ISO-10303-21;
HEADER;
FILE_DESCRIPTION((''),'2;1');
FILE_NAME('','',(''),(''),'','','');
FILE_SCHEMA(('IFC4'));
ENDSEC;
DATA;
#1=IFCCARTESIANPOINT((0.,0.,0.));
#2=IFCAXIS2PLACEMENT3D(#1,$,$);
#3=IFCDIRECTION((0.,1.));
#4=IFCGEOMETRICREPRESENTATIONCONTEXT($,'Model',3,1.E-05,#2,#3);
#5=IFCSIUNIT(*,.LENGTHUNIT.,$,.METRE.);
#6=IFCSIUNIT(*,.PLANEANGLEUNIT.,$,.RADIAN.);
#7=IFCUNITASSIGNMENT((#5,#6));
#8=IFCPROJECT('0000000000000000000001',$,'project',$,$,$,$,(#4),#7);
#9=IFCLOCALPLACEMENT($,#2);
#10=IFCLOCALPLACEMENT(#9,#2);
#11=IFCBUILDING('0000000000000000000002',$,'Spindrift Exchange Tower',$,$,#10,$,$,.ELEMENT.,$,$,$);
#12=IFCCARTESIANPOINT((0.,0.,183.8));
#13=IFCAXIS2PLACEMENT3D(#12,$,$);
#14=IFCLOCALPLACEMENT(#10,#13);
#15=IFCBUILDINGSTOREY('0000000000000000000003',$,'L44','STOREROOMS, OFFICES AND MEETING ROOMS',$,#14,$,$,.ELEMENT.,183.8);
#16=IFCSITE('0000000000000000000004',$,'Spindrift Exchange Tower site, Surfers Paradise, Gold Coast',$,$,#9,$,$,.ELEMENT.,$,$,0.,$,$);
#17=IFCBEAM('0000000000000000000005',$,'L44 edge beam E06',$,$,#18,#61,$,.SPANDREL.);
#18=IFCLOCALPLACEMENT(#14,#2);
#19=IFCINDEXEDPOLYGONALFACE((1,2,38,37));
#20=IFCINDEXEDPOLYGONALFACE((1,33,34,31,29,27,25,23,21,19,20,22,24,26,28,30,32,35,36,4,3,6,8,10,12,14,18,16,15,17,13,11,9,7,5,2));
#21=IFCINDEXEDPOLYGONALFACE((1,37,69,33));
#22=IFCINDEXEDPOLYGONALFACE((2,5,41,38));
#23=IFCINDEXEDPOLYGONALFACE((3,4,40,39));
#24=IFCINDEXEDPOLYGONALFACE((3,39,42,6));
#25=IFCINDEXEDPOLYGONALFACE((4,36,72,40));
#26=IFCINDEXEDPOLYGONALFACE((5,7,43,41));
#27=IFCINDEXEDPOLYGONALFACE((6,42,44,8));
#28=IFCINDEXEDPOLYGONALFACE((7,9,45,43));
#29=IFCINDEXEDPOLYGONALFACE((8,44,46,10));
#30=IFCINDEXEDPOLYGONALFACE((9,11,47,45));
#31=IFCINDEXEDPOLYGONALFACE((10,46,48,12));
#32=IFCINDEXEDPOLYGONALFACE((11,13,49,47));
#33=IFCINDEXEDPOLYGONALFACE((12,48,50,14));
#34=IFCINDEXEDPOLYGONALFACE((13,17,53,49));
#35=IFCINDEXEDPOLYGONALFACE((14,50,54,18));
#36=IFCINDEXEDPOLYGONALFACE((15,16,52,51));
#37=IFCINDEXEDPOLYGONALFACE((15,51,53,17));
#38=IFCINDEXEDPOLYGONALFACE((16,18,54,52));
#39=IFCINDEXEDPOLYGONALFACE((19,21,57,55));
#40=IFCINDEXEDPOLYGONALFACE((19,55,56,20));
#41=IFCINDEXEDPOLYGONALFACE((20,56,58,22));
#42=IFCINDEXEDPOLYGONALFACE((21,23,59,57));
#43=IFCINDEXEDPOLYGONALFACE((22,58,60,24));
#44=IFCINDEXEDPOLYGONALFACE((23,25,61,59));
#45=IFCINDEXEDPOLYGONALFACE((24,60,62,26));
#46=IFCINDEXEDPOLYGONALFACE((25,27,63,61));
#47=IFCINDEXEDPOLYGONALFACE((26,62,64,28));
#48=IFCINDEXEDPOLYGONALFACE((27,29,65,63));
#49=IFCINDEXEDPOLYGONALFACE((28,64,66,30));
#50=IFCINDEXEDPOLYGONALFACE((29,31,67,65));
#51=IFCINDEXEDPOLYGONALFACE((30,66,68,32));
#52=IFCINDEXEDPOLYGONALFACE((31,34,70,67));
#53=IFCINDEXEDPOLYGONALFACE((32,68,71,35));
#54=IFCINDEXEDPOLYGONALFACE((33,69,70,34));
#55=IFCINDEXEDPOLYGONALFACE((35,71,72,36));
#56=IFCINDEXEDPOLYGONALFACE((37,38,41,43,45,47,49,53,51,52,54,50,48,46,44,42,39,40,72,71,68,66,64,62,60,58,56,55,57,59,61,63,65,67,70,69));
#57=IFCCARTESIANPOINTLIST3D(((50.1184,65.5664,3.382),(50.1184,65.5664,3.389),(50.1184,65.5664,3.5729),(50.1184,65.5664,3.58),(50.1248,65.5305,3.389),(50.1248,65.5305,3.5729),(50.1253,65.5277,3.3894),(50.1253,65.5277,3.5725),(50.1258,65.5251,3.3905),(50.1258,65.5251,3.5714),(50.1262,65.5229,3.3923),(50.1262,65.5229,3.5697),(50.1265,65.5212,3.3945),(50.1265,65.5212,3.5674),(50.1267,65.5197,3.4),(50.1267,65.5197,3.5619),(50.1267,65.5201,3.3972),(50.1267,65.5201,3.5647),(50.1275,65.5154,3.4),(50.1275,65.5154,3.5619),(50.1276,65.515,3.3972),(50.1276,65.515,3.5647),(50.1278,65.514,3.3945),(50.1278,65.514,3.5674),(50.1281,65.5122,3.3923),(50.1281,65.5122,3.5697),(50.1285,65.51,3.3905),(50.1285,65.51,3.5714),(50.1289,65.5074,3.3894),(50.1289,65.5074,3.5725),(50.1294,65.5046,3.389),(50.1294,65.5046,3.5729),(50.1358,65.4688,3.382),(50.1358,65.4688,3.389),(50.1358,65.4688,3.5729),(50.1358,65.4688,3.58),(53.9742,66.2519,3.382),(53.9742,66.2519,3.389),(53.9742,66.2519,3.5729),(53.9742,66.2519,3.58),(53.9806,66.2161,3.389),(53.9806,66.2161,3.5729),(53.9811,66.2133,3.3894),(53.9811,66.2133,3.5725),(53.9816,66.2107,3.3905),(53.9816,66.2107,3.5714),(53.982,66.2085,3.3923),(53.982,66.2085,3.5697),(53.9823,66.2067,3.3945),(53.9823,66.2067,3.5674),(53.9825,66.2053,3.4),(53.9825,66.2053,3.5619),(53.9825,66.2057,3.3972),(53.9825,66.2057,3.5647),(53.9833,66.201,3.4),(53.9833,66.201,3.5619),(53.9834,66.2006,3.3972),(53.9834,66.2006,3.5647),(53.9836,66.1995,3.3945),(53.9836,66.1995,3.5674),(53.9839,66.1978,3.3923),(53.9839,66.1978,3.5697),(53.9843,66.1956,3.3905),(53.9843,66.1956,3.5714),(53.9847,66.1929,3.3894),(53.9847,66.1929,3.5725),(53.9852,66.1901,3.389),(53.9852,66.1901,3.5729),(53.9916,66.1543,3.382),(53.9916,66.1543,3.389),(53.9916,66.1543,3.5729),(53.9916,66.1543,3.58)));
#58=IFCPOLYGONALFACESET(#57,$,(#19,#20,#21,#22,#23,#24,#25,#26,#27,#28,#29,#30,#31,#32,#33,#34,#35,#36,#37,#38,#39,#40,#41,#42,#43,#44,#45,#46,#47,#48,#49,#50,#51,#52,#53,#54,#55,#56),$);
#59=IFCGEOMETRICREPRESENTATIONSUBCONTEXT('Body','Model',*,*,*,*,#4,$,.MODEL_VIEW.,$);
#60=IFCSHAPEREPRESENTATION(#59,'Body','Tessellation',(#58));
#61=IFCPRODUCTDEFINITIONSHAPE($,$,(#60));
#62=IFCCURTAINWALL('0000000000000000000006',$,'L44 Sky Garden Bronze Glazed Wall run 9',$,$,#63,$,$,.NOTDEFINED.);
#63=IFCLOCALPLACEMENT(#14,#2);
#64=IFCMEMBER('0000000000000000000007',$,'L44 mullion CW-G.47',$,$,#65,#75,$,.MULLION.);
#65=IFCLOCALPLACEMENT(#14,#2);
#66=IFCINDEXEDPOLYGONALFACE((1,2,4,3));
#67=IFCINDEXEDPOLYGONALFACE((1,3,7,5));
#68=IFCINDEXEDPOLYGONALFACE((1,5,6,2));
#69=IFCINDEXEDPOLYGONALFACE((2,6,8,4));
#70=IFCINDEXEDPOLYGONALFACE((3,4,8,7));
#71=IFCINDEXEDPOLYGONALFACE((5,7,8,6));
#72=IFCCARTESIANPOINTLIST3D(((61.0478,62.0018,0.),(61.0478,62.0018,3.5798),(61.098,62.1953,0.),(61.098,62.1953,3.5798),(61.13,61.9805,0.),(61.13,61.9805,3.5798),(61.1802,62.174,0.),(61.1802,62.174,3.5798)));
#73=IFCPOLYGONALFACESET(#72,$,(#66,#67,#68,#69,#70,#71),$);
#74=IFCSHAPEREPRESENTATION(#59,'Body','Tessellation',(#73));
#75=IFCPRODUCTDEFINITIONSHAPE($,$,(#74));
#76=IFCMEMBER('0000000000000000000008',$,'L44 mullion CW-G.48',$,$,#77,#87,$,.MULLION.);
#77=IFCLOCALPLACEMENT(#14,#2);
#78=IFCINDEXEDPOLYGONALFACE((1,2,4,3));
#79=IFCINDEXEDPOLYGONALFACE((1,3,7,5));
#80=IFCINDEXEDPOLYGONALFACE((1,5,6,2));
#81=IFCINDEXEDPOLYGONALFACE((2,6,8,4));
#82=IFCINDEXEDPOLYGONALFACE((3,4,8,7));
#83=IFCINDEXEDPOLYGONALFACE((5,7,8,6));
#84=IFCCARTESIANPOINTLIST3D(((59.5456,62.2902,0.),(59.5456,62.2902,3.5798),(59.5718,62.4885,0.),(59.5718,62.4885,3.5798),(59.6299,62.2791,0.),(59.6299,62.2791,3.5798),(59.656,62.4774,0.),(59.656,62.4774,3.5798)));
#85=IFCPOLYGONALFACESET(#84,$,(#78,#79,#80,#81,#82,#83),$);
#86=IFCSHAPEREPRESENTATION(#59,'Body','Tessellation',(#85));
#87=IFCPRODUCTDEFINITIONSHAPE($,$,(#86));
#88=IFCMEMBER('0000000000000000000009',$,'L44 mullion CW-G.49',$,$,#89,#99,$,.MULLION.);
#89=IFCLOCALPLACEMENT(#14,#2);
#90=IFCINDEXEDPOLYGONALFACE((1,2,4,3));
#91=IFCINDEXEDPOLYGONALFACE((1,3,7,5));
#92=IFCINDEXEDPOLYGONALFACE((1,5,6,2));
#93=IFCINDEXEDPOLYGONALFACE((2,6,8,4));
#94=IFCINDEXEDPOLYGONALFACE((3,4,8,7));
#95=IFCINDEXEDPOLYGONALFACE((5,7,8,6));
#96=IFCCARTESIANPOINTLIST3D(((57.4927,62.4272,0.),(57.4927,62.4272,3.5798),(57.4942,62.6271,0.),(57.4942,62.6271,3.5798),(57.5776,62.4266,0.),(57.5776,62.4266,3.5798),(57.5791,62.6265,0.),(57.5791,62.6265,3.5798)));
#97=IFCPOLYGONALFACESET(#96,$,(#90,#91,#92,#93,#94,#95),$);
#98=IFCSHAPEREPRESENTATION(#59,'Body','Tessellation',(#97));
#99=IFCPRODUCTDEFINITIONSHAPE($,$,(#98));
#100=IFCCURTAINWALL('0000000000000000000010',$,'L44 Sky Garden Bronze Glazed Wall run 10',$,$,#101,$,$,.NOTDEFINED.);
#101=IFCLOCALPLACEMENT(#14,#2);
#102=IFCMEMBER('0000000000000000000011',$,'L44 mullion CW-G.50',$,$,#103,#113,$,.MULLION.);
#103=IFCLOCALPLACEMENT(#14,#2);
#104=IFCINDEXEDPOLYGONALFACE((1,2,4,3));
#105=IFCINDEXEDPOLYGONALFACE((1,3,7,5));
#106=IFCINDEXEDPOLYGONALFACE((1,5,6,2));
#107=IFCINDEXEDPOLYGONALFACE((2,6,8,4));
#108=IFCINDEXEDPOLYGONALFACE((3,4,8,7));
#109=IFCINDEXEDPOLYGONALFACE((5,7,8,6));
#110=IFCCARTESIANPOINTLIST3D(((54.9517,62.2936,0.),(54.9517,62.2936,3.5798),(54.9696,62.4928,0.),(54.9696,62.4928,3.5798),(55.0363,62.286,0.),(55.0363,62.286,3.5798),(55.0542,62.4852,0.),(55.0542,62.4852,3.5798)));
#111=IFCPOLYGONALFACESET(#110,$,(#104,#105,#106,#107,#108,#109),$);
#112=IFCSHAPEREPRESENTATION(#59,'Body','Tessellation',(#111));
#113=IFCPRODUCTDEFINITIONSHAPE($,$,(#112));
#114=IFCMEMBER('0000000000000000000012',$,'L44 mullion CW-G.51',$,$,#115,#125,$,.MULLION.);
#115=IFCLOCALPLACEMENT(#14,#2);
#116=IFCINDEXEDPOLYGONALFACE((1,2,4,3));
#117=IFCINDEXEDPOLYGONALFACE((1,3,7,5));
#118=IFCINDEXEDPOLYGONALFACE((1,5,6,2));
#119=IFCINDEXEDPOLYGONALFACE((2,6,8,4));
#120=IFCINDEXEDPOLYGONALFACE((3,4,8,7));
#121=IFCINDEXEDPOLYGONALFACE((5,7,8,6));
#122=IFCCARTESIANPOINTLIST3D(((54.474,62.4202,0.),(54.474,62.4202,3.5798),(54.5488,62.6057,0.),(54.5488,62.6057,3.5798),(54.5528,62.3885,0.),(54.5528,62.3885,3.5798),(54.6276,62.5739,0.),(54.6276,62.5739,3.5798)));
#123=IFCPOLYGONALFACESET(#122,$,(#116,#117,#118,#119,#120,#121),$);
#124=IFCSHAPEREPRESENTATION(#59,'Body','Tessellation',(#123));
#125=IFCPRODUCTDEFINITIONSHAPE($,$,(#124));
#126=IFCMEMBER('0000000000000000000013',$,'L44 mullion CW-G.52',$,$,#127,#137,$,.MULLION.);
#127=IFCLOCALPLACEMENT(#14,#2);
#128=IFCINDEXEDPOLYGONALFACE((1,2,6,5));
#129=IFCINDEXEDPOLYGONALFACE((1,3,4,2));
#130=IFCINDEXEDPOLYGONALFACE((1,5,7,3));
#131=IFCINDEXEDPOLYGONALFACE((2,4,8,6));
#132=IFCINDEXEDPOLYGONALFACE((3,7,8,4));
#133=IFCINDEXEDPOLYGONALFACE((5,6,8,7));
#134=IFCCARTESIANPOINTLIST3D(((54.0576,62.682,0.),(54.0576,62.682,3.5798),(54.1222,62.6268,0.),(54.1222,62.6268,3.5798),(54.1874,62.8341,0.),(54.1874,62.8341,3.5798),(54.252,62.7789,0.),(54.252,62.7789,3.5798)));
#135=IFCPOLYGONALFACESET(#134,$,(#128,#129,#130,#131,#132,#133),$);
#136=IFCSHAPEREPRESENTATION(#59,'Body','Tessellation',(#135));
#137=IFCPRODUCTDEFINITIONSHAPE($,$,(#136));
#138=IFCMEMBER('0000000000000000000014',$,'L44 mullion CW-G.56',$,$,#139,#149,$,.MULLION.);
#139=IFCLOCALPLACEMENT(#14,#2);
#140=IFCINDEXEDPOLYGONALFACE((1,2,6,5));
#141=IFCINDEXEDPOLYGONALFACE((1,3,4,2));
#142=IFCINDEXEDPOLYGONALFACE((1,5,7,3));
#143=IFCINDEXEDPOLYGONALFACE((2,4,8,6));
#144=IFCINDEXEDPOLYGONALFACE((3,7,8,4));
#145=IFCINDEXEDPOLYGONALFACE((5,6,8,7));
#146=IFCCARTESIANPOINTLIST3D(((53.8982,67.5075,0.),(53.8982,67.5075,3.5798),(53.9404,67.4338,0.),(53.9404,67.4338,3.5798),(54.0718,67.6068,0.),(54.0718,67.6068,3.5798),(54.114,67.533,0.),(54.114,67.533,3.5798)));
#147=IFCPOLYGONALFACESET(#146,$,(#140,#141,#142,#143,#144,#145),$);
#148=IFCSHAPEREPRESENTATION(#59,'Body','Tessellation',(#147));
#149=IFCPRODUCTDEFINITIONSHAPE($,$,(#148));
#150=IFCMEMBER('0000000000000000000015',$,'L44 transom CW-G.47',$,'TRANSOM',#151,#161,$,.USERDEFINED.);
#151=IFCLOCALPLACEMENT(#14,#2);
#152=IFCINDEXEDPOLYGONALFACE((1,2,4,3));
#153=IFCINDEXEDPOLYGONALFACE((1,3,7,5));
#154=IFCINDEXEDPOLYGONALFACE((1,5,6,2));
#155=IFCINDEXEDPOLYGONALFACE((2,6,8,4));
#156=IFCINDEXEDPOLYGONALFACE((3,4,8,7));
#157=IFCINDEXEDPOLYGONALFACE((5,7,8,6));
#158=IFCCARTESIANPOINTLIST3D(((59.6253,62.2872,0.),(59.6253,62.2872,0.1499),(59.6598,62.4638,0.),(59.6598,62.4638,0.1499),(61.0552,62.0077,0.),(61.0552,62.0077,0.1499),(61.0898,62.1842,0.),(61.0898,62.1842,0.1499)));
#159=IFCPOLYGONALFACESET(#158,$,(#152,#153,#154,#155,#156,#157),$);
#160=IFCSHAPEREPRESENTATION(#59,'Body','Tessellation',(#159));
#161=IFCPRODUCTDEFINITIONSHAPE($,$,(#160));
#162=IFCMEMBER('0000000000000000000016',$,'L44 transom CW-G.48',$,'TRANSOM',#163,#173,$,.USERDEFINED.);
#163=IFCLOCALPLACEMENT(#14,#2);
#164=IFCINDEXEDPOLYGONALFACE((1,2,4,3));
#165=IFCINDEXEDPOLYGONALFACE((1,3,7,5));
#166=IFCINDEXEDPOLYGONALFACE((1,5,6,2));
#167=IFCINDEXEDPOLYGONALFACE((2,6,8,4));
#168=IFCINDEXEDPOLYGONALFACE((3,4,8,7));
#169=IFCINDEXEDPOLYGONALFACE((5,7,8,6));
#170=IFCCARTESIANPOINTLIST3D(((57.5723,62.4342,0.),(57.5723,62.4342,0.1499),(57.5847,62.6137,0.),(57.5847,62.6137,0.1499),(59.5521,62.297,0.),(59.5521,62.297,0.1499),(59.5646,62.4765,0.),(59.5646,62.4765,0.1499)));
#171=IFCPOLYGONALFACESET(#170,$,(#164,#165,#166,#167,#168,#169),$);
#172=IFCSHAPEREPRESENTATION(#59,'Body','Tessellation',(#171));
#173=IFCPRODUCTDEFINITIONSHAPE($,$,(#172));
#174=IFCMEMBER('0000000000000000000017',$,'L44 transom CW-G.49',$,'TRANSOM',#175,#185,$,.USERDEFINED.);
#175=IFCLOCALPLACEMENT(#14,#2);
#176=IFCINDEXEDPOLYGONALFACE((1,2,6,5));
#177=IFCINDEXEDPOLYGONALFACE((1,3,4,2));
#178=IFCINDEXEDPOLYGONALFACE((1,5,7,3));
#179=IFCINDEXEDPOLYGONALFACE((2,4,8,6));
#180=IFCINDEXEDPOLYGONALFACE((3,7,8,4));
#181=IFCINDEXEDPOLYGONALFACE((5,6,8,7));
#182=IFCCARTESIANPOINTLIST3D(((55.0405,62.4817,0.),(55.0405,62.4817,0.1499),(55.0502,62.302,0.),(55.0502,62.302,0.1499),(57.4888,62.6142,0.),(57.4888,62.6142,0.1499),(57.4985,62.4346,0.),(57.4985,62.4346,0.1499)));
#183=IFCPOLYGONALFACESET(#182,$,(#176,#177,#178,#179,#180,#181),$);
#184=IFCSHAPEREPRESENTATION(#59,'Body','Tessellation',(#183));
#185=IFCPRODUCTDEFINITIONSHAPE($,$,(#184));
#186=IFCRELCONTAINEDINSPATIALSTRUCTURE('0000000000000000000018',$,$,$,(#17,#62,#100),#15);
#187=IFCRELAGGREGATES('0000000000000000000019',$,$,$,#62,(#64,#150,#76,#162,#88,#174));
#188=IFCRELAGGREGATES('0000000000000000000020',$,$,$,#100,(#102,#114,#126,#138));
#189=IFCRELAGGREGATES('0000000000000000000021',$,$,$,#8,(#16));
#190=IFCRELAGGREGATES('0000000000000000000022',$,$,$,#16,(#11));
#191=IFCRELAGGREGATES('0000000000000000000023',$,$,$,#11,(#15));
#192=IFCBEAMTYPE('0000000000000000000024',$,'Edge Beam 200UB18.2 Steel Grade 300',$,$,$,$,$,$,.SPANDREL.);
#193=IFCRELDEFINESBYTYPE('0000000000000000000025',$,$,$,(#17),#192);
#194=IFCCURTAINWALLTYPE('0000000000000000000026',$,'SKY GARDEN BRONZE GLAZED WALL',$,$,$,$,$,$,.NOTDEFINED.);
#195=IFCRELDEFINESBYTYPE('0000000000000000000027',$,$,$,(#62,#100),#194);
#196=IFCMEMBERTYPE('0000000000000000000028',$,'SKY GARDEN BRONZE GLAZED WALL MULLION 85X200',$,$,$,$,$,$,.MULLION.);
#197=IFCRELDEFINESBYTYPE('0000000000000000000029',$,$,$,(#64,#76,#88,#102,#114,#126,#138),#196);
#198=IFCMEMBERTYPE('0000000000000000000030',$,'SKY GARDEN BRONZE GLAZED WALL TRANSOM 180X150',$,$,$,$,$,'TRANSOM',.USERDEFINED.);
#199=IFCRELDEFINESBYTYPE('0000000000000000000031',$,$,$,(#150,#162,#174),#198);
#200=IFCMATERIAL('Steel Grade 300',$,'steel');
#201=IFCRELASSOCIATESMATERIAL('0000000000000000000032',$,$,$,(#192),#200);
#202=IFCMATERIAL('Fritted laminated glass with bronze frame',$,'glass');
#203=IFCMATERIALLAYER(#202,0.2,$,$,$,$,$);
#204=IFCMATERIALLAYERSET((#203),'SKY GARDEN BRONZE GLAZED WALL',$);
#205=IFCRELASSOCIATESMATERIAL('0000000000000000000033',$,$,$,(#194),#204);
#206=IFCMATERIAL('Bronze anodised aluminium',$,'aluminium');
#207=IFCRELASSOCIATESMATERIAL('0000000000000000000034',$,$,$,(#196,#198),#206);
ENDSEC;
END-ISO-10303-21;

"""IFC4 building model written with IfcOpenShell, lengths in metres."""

from ifc_helpers import new_model, si_unit, direction, frame, origin, origin_2d, place, context, subcontext, project, spatial, rectangle, i_section, extrude, source, transform, mapped, material, layer, layer_set, material_profile, profile_set, type_object, element, aggregate, save


model = new_model("IFC4")

# Units and contexts
model_context = context("Model", 3, precision=1e-05, world=origin(), true_north=direction((0.0, 1.0)))
body_context = subcontext(model_context, "Body", "Model", "MODEL_VIEW")
ifc_project = project(units=[si_unit("LENGTHUNIT", "METRE"), si_unit("PLANEANGLEUNIT", "RADIAN")], contexts=[model_context])

# Site, building, storey
site_placement = place(None, origin())
site = spatial("IfcSite", under=ifc_project, at=site_placement, Name="Spindrift Exchange Tower site, Surfers Paradise, Gold Coast", CompositionType="ELEMENT", RefElevation=0.0)
building_placement = place(site_placement, origin())
building = spatial("IfcBuilding", under=site, at=building_placement, Name="Spindrift Exchange Tower", CompositionType="ELEMENT")
storey_placement = place(building_placement, frame((0.0, 0.0, 183.8)))
storey = spatial("IfcBuildingStorey", under=building, at=storey_placement, Name="L44", Description="STOREROOMS, OFFICES AND MEETING ROOMS", CompositionType="ELEMENT", Elevation=183.8)

# Beam
ifc_material_1 = material(Name="Steel Grade 300", Category="steel")
ifc_material_profile_1 = material_profile(ifc_material_1, i_section(OverallWidth=0.0991, OverallDepth=0.198, WebThickness=0.0044, FlangeThickness=0.0071, FilletRadius=0.011, at=origin_2d()), Name="200UB18.2")
ifc_profile_set_1 = profile_set([ifc_material_profile_1], Name="Steel Grade 300")
beam_type_1 = type_object("IfcBeamType", Name="Edge Beam 200UB18.2 Steel Grade 300", PredefinedType="SPANDREL", material=ifc_profile_set_1)
shared_shape_1 = source(origin(), body_context, "Body", "SweptSolid", [
    extrude(i_section(OverallWidth=0.0991, OverallDepth=0.198, WebThickness=0.0044, FlangeThickness=0.0071, FilletRadius=0.011, at=origin_2d()), origin(), (0.0, 0.0, 1.0), 3.9163),
])
beam_1_placement = place(storey_placement, frame((53.9829, 66.2031, 3.481), z_axis=(-0.984559, -0.175055, 0.0), x_axis=(0.175055, -0.984559, 0.0)))
element("IfcBeam", 1, at=beam_1_placement, inside=storey, type_object=beam_type_1, Name="L44 edge beam E06", PredefinedType="SPANDREL", context=body_context, shape_type="MappedRepresentation", body=[
    mapped(shared_shape_1, transform((0.0, 0.0, 0.0), scale=1.0)),
])

# Curtain walls, members
ifc_material_2 = material(Name="Fritted laminated glass with bronze frame", Category="glass")
ifc_layer_1 = layer(ifc_material_2, 0.2)
ifc_layer_set_1 = layer_set([ifc_layer_1], Name="SKY GARDEN BRONZE GLAZED WALL")
curtain_wall_type = type_object("IfcCurtainWallType", Name="SKY GARDEN BRONZE GLAZED WALL", PredefinedType="NOTDEFINED", material=ifc_layer_set_1)
curtain_wall_1_placement = place(storey_placement, origin())
curtain_wall_1 = element("IfcCurtainWall", 2, at=curtain_wall_1_placement, inside=storey, type_object=curtain_wall_type, Name="L44 Sky Garden Bronze Glazed Wall run 9", PredefinedType="NOTDEFINED")
ifc_material_3 = material(Name="Bronze anodised aluminium", Category="aluminium")
ifc_material_profile_2 = material_profile(ifc_material_3, rectangle(XDim=0.085, YDim=0.2, at=origin_2d()), Name="SKY GARDEN BRONZE GLAZED WALL MULLION 85X200")
ifc_profile_set_2 = profile_set([ifc_material_profile_2], Name="Bronze anodised aluminium")
member_type_1 = type_object("IfcMemberType", Name="SKY GARDEN BRONZE GLAZED WALL MULLION 85X200", PredefinedType="MULLION", material=ifc_profile_set_2)
shared_shape_2 = source(origin(), body_context, "Body", "SweptSolid", [
    extrude(rectangle(XDim=0.085, YDim=0.2, at=origin_2d()), origin(), (0.0, 0.0, 1.0), 3.5798),
])
member_1_placement = place(storey_placement, frame((61.114, 62.0879, 0.0), z_axis=(0.0, 0.0, 1.0), x_axis=(-0.967975, 0.251045, 0.0)))
member_1 = element("IfcMember", 3, at=member_1_placement, type_object=member_type_1, Name="L44 mullion CW-G.47", PredefinedType="MULLION", context=body_context, shape_type="MappedRepresentation", body=[
    mapped(shared_shape_2, transform((0.0, 0.0, 0.0), scale=1.0)),
])
member_2_placement = place(storey_placement, frame((59.6008, 62.3838, 0.0), z_axis=(0.0, 0.0, 1.0), x_axis=(-0.991413, 0.13077, 0.0)))
member_2 = element("IfcMember", 4, at=member_2_placement, type_object=member_type_1, Name="L44 mullion CW-G.48", PredefinedType="MULLION", context=body_context, shape_type="MappedRepresentation", body=[
    mapped(shared_shape_2, transform((0.0, 0.0, 0.0), scale=1.0)),
])
member_3_placement = place(storey_placement, frame((57.5359, 62.5269, 0.0), z_axis=(0.0, 0.0, 1.0), x_axis=(-0.999972, 0.007522, 0.0)))
member_3 = element("IfcMember", 5, at=member_3_placement, type_object=member_type_1, Name="L44 mullion CW-G.49", PredefinedType="MULLION", context=body_context, shape_type="MappedRepresentation", body=[
    mapped(shared_shape_2, transform((0.0, 0.0, 0.0), scale=1.0)),
])
curtain_wall_2_placement = place(storey_placement, origin())
curtain_wall_2 = element("IfcCurtainWall", 6, at=curtain_wall_2_placement, inside=storey, type_object=curtain_wall_type, Name="L44 Sky Garden Bronze Glazed Wall run 10", PredefinedType="NOTDEFINED")
member_4_placement = place(storey_placement, frame((55.0029, 62.3894, 0.0), z_axis=(0.0, 0.0, 1.0), x_axis=(-0.995982, 0.089552, 0.0)))
member_4 = element("IfcMember", 7, at=member_4_placement, type_object=member_type_1, Name="L44 mullion CW-G.50", PredefinedType="MULLION", context=body_context, shape_type="MappedRepresentation", body=[
    mapped(shared_shape_2, transform((0.0, 0.0, 0.0), scale=1.0)),
])
member_5_placement = place(storey_placement, frame((54.5508, 62.4971, 0.0), z_axis=(0.0, 0.0, 1.0), x_axis=(-0.927498, 0.373828, 0.0)))
member_5 = element("IfcMember", 8, at=member_5_placement, type_object=member_type_1, Name="L44 mullion CW-G.51", PredefinedType="MULLION", context=body_context, shape_type="MappedRepresentation", body=[
    mapped(shared_shape_2, transform((0.0, 0.0, 0.0), scale=1.0)),
])
member_6_placement = place(storey_placement, frame((54.1548, 62.7305, 0.0), z_axis=(0.0, 0.0, 1.0), x_axis=(-0.760693, 0.649111, 0.0)))
member_6 = element("IfcMember", 9, at=member_6_placement, type_object=member_type_1, Name="L44 mullion CW-G.52", PredefinedType="MULLION", context=body_context, shape_type="MappedRepresentation", body=[
    mapped(shared_shape_2, transform((0.0, 0.0, 0.0), scale=1.0)),
])
member_7_placement = place(storey_placement, frame((54.0061, 67.5203, 0.0), z_axis=(0.0, 0.0, 1.0), x_axis=(-0.496155, 0.868234, 0.0)))
member_7 = element("IfcMember", 10, at=member_7_placement, type_object=member_type_1, Name="L44 mullion CW-G.56", PredefinedType="MULLION", context=body_context, shape_type="MappedRepresentation", body=[
    mapped(shared_shape_2, transform((0.0, 0.0, 0.0), scale=1.0)),
])

# Members
ifc_material_profile_3 = material_profile(ifc_material_3, rectangle(XDim=0.1799, YDim=0.1499, at=origin_2d()), Name="SKY GARDEN BRONZE GLAZED WALL TRANSOM 180X150")
ifc_profile_set_3 = profile_set([ifc_material_profile_3], Name="Bronze anodised aluminium")
member_type_2 = type_object("IfcMemberType", Name="SKY GARDEN BRONZE GLAZED WALL TRANSOM 180X150", ElementType="TRANSOM", PredefinedType="USERDEFINED", material=ifc_profile_set_3)
shared_shape_3 = source(origin(), body_context, "Body", "SweptSolid", [
    extrude(rectangle(XDim=0.1799, YDim=0.1499, at=origin_2d()), origin(), (0.0, 0.0, 1.0), 1.457),
])
member_8_placement = place(storey_placement, frame((61.0725, 62.0959, 0.075), z_axis=(-0.981422, 0.191861, 0.0), x_axis=(-0.191861, -0.981422, 0.0)))
member_8 = element("IfcMember", 11, at=member_8_placement, type_object=member_type_2, Name="L44 transom CW-G.47", ObjectType="TRANSOM", PredefinedType="USERDEFINED", context=body_context, shape_type="MappedRepresentation", body=[
    mapped(shared_shape_3, transform((0.0, 0.0, 0.0), scale=1.0)),
])
shared_shape_4 = source(origin(), body_context, "Body", "SweptSolid", [
    extrude(rectangle(XDim=0.1799, YDim=0.1499, at=origin_2d()), origin(), (0.0, 0.0, 1.0), 1.9846),
])
member_9_placement = place(storey_placement, frame((59.5583, 62.3867, 0.075), z_axis=(-0.997608, 0.069131, 0.0), x_axis=(-0.069131, -0.997608, 0.0)))
member_9 = element("IfcMember", 12, at=member_9_placement, type_object=member_type_2, Name="L44 transom CW-G.48", ObjectType="TRANSOM", PredefinedType="USERDEFINED", context=body_context, shape_type="MappedRepresentation", body=[
    mapped(shared_shape_4, transform((0.0, 0.0, 0.0), scale=1.0)),
])
shared_shape_5 = source(origin(), body_context, "Body", "SweptSolid", [
    extrude(rectangle(XDim=0.1799, YDim=0.1499, at=origin_2d()), origin(), (0.0, 0.0, 1.0), 2.4519),
])
member_10_placement = place(storey_placement, frame((57.4937, 62.5244, 0.075), z_axis=(-0.998537, -0.054069, 0.0), x_axis=(0.054069, -0.998537, 0.0)))
member_10 = element("IfcMember", 13, at=member_10_placement, type_object=member_type_2, Name="L44 transom CW-G.49", ObjectType="TRANSOM", PredefinedType="USERDEFINED", context=body_context, shape_type="MappedRepresentation", body=[
    mapped(shared_shape_5, transform((0.0, 0.0, 0.0), scale=1.0)),
])

aggregate(curtain_wall_1, [member_1, member_8, member_2, member_9, member_3, member_10])
aggregate(curtain_wall_2, [member_4, member_5, member_6, member_7])

save(model, "model.ifc")
